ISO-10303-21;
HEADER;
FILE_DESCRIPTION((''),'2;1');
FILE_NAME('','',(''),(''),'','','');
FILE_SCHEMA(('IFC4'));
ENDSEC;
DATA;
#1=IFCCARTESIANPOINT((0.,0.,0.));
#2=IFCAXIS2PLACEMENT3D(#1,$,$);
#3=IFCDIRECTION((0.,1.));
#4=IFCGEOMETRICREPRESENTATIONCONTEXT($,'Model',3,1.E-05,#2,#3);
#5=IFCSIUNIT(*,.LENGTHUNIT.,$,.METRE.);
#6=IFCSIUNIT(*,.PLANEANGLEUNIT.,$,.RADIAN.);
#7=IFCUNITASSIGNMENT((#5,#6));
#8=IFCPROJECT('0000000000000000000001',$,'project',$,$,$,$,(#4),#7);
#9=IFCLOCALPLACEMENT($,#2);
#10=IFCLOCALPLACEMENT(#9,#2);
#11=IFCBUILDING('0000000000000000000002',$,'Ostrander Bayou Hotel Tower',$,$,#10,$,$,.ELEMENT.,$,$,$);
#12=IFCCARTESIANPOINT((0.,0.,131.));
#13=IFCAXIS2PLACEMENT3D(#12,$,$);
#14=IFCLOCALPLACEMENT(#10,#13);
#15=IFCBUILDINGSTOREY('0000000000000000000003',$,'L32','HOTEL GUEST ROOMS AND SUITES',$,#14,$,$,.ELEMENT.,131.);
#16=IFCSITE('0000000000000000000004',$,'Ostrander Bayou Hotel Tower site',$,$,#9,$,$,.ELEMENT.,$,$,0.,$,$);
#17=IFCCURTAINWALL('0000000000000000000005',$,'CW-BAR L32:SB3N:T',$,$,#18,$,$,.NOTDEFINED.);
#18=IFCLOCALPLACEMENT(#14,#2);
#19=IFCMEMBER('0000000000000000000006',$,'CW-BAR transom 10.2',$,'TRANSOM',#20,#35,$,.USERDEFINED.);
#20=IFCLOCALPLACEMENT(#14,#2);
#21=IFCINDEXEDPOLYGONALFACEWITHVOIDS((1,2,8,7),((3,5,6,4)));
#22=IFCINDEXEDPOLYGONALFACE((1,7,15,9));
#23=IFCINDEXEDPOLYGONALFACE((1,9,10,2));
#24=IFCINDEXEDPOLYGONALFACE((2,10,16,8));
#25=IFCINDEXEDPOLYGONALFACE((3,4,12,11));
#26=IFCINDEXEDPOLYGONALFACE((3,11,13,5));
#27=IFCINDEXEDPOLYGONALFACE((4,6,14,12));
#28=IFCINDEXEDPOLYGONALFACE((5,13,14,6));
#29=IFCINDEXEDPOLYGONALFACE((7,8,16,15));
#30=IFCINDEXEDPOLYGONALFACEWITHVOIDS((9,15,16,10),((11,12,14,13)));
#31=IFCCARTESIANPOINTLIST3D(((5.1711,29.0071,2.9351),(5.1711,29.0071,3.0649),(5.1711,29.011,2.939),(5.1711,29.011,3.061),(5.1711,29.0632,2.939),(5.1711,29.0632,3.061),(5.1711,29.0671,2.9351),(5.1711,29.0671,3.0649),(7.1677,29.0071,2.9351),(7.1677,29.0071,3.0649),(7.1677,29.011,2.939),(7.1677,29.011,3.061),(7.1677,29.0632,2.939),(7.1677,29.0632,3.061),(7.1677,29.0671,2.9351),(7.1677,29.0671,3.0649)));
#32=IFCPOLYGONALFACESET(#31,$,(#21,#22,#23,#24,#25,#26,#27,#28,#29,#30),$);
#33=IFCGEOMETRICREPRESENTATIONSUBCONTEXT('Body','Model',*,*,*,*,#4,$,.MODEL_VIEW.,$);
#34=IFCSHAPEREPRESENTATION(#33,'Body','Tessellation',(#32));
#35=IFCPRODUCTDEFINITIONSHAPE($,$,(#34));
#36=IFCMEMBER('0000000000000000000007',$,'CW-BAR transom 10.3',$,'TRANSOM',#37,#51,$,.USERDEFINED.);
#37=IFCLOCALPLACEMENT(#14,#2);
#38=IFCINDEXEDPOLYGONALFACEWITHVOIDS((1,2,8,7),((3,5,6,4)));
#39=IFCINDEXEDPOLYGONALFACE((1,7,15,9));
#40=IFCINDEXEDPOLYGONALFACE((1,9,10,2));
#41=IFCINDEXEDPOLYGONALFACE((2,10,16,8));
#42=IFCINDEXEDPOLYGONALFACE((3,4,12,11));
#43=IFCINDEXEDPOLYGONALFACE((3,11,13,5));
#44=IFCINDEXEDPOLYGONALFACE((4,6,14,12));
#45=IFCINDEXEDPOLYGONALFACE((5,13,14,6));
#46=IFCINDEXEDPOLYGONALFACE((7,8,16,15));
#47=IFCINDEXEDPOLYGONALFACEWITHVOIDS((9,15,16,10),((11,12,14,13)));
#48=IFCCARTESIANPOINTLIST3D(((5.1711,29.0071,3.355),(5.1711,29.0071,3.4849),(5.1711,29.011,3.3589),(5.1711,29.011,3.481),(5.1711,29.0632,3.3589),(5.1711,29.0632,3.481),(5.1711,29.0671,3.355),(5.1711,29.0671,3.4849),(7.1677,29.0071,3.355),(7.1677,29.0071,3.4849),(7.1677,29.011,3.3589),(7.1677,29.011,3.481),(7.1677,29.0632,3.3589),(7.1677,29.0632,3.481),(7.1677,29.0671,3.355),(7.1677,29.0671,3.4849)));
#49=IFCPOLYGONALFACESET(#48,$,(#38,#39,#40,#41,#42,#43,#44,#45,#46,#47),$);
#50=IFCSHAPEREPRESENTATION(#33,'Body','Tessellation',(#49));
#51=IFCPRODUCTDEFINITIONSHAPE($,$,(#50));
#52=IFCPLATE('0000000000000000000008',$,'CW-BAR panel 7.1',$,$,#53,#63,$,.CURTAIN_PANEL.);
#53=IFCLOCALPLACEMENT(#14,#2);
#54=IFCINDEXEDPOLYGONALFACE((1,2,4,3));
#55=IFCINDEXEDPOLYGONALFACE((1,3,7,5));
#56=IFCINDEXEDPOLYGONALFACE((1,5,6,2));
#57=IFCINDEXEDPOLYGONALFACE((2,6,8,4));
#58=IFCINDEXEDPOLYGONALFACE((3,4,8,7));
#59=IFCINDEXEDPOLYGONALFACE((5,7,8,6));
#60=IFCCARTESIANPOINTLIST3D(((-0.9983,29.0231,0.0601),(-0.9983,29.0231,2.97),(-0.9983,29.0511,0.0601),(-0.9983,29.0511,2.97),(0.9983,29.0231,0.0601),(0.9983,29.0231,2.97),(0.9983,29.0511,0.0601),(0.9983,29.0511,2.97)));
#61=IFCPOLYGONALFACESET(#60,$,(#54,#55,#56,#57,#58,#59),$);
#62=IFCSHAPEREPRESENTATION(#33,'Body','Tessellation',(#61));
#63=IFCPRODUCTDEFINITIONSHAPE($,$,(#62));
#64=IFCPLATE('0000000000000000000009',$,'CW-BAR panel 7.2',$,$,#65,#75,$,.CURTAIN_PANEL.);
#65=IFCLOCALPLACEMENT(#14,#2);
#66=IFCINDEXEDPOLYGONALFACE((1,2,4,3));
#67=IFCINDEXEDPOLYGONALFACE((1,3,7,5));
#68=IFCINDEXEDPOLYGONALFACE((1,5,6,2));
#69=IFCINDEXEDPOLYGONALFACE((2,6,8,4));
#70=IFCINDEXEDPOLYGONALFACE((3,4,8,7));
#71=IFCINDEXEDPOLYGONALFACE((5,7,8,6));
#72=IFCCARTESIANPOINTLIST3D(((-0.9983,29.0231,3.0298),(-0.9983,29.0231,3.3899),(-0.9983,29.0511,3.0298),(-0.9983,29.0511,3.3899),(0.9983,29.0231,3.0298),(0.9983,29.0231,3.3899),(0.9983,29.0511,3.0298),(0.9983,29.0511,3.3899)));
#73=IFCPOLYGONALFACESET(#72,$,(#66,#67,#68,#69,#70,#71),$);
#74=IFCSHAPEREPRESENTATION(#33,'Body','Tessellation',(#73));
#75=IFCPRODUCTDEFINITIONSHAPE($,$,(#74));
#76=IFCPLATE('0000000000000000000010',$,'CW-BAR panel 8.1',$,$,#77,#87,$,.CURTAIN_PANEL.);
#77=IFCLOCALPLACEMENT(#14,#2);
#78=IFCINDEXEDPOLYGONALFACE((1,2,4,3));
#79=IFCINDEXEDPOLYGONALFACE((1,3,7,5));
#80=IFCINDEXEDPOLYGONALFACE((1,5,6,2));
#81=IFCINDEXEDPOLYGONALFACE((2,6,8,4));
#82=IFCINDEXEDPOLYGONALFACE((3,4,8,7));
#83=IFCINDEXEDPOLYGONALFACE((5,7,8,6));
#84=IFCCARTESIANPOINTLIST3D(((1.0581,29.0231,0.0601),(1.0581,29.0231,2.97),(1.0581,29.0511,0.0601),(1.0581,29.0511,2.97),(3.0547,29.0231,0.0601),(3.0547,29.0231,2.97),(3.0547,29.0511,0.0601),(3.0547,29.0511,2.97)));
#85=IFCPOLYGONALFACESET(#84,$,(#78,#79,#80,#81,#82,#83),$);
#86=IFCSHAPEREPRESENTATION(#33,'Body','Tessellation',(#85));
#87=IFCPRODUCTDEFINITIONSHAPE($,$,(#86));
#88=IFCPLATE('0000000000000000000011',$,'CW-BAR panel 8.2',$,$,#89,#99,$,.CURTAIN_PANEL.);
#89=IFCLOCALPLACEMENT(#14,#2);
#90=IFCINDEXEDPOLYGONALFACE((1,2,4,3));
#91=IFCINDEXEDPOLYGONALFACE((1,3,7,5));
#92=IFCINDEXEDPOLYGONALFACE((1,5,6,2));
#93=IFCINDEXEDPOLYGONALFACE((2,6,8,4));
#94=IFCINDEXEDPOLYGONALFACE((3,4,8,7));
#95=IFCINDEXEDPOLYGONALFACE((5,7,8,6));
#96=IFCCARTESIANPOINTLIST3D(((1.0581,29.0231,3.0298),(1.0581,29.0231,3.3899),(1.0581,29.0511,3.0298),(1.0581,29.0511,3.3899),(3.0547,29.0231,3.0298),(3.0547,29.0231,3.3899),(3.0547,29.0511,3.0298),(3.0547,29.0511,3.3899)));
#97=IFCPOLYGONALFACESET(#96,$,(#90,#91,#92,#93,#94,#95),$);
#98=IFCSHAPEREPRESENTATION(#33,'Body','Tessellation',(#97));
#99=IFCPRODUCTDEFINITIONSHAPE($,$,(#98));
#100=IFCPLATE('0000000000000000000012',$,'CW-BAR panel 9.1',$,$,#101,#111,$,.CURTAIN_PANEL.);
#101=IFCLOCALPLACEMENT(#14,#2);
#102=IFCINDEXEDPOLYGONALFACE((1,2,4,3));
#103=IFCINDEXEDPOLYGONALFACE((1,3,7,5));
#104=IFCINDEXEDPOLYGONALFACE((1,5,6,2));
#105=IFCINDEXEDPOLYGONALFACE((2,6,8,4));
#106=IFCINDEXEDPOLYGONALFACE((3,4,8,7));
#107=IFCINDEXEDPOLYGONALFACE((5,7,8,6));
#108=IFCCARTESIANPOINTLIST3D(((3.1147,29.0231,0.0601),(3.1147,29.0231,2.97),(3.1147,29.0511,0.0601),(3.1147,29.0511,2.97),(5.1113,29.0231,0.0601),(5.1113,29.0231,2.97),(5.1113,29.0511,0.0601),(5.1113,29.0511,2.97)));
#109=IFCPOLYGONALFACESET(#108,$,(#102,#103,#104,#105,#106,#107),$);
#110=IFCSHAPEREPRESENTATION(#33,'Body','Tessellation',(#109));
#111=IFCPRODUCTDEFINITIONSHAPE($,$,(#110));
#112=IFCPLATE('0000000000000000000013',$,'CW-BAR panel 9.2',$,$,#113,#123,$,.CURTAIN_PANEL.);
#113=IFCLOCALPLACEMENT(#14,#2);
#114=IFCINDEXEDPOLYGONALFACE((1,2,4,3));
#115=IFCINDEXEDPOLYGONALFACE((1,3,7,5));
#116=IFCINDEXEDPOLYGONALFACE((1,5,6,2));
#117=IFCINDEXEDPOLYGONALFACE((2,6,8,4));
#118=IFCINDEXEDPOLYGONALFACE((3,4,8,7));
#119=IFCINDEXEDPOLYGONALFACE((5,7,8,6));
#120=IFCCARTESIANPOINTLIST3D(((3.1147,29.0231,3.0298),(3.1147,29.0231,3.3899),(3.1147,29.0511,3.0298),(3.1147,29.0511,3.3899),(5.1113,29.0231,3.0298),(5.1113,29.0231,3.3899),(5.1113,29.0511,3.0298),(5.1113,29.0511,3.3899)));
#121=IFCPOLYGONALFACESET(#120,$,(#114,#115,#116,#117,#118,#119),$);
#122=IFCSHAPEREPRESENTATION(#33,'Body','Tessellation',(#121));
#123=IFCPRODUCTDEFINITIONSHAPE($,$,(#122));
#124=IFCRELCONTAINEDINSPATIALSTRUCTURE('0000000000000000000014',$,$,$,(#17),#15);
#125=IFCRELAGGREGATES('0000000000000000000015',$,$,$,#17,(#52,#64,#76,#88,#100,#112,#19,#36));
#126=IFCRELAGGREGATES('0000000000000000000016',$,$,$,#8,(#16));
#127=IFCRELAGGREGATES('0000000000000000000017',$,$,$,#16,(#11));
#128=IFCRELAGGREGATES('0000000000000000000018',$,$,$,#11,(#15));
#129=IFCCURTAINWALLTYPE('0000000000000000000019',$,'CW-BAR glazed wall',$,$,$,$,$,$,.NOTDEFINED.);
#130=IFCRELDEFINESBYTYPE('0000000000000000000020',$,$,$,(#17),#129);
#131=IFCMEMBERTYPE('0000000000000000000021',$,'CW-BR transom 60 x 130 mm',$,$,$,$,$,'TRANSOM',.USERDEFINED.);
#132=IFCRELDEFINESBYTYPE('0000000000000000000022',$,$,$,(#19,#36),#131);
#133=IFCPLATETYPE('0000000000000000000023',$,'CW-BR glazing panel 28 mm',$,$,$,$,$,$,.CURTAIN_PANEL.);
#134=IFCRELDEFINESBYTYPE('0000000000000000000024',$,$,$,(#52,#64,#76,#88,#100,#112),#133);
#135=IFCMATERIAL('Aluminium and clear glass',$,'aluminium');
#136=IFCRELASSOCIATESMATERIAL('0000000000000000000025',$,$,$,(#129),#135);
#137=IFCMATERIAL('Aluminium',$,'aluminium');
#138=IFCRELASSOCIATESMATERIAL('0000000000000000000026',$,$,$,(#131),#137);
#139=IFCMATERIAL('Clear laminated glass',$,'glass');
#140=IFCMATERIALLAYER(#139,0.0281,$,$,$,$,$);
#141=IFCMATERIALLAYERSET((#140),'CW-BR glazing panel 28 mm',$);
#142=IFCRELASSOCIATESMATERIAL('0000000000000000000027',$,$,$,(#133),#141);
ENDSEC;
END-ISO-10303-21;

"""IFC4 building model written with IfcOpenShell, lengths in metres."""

from ifc_helpers import new_model, si_unit, direction, frame, origin, origin_2d, place, context, subcontext, project, spatial, rectangle, hollow_rectangle, extrude, material, layer, layer_set, material_profile, profile_set, type_object, element, aggregate, save


model = new_model("IFC4")

# Units and contexts
model_context = context("Model", 3, precision=1e-05, world=origin(), true_north=direction((0.0, 1.0)))
body_context = subcontext(model_context, "Body", "Model", "MODEL_VIEW")
ifc_project = project(units=[si_unit("LENGTHUNIT", "METRE"), si_unit("PLANEANGLEUNIT", "RADIAN")], contexts=[model_context])

# Site, building, storey
site_placement = place(None, origin())
site = spatial("IfcSite", under=ifc_project, at=site_placement, Name="Ostrander Bayou Hotel Tower site", CompositionType="ELEMENT", RefElevation=0.0)
building_placement = place(site_placement, origin())
building = spatial("IfcBuilding", under=site, at=building_placement, Name="Ostrander Bayou Hotel Tower", CompositionType="ELEMENT")
storey_placement = place(building_placement, frame((0.0, 0.0, 131.0)))
storey = spatial("IfcBuildingStorey", under=building, at=storey_placement, Name="L32", Description="HOTEL GUEST ROOMS AND SUITES", CompositionType="ELEMENT", Elevation=131.0)

# Curtain wall, members, plates
ifc_material_1 = material(Name="Aluminium and clear glass", Category="aluminium")
curtain_wall_type = type_object("IfcCurtainWallType", Name="CW-BAR glazed wall", PredefinedType="NOTDEFINED", material=ifc_material_1)
curtain_wall_placement = place(storey_placement, origin())
curtain_wall = element("IfcCurtainWall", 1, at=curtain_wall_placement, inside=storey, type_object=curtain_wall_type, Name="CW-BAR L32:SB3N:T", PredefinedType="NOTDEFINED")
ifc_material_2 = material(Name="Aluminium", Category="aluminium")
ifc_material_profile_1 = material_profile(ifc_material_2, hollow_rectangle(XDim=0.0601, YDim=0.1299, WallThickness=0.0039, at=origin_2d()))
ifc_profile_set_1 = profile_set([ifc_material_profile_1], Name="Aluminium")
member_type_1 = type_object("IfcMemberType", Name="CW-BR transom 60 x 130 mm", ElementType="TRANSOM", PredefinedType="USERDEFINED", material=ifc_profile_set_1)
member_1_placement = place(storey_placement, frame((5.1711, 29.0371, 3.0), z_axis=(1.0, 0.0, 0.0), x_axis=(0.0, 1.0, 0.0)))
member_1 = element("IfcMember", 2, at=member_1_placement, type_object=member_type_1, Name="CW-BAR transom 10.2", ObjectType="TRANSOM", PredefinedType="USERDEFINED", context=body_context, shape_type="SweptSolid", body=[
    extrude(hollow_rectangle(XDim=0.0601, YDim=0.1299, WallThickness=0.0039, at=origin_2d()), origin(), (0.0, 0.0, 1.0), 1.9966),
])
member_2_placement = place(storey_placement, frame((5.1711, 29.0371, 3.4199), z_axis=(1.0, 0.0, 0.0), x_axis=(0.0, 1.0, 0.0)))
member_2 = element("IfcMember", 3, at=member_2_placement, type_object=member_type_1, Name="CW-BAR transom 10.3", ObjectType="TRANSOM", PredefinedType="USERDEFINED", context=body_context, shape_type="SweptSolid", body=[
    extrude(hollow_rectangle(XDim=0.0601, YDim=0.1299, WallThickness=0.0039, at=origin_2d()), origin(), (0.0, 0.0, 1.0), 1.9966),
])
ifc_material_3 = material(Name="Clear laminated glass", Category="glass")
ifc_layer = layer(ifc_material_3, 0.0281)
ifc_layer_set = layer_set([ifc_layer], Name="CW-BR glazing panel 28 mm")
plate_type = type_object("IfcPlateType", Name="CW-BR glazing panel 28 mm", PredefinedType="CURTAIN_PANEL", material=ifc_layer_set)
plate_1_placement = place(storey_placement, frame((0.0, 29.0371, 0.0601), z_axis=(0.0, 0.0, 1.0), x_axis=(1.0, 0.0, 0.0)))
plate_1 = element("IfcPlate", 4, at=plate_1_placement, type_object=plate_type, Name="CW-BAR panel 7.1", PredefinedType="CURTAIN_PANEL", context=body_context, shape_type="SweptSolid", body=[
    extrude(rectangle(XDim=1.9966, YDim=0.0281, at=origin_2d()), origin(), (0.0, 0.0, 1.0), 2.9099),
])
plate_2_placement = place(storey_placement, frame((0.0, 29.0371, 3.0298), z_axis=(0.0, 0.0, 1.0), x_axis=(1.0, 0.0, 0.0)))
plate_2 = element("IfcPlate", 5, at=plate_2_placement, type_object=plate_type, Name="CW-BAR panel 7.2", PredefinedType="CURTAIN_PANEL", context=body_context, shape_type="SweptSolid", body=[
    extrude(rectangle(XDim=1.9966, YDim=0.0281, at=origin_2d()), origin(), (0.0, 0.0, 1.0), 0.3601),
])
plate_3_placement = place(storey_placement, frame((2.0564, 29.0371, 0.0601), z_axis=(0.0, 0.0, 1.0), x_axis=(1.0, 0.0, 0.0)))
plate_3 = element("IfcPlate", 6, at=plate_3_placement, type_object=plate_type, Name="CW-BAR panel 8.1", PredefinedType="CURTAIN_PANEL", context=body_context, shape_type="SweptSolid", body=[
    extrude(rectangle(XDim=1.9966, YDim=0.0281, at=origin_2d()), origin(), (0.0, 0.0, 1.0), 2.9099),
])
plate_4_placement = place(storey_placement, frame((2.0564, 29.0371, 3.0298), z_axis=(0.0, 0.0, 1.0), x_axis=(1.0, 0.0, 0.0)))
plate_4 = element("IfcPlate", 7, at=plate_4_placement, type_object=plate_type, Name="CW-BAR panel 8.2", PredefinedType="CURTAIN_PANEL", context=body_context, shape_type="SweptSolid", body=[
    extrude(rectangle(XDim=1.9966, YDim=0.0281, at=origin_2d()), origin(), (0.0, 0.0, 1.0), 0.3601),
])
plate_5_placement = place(storey_placement, frame((4.113, 29.0371, 0.0601), z_axis=(0.0, 0.0, 1.0), x_axis=(1.0, 0.0, 0.0)))
plate_5 = element("IfcPlate", 8, at=plate_5_placement, type_object=plate_type, Name="CW-BAR panel 9.1", PredefinedType="CURTAIN_PANEL", context=body_context, shape_type="SweptSolid", body=[
    extrude(rectangle(XDim=1.9966, YDim=0.0281, at=origin_2d()), origin(), (0.0, 0.0, 1.0), 2.9099),
])
plate_6_placement = place(storey_placement, frame((4.113, 29.0371, 3.0298), z_axis=(0.0, 0.0, 1.0), x_axis=(1.0, 0.0, 0.0)))
plate_6 = element("IfcPlate", 9, at=plate_6_placement, type_object=plate_type, Name="CW-BAR panel 9.2", PredefinedType="CURTAIN_PANEL", context=body_context, shape_type="SweptSolid", body=[
    extrude(rectangle(XDim=1.9966, YDim=0.0281, at=origin_2d()), origin(), (0.0, 0.0, 1.0), 0.3601),
])
aggregate(curtain_wall, [plate_1, plate_2, plate_3, plate_4, plate_5, plate_6, member_1, member_2])

save(model, "model.ifc")
